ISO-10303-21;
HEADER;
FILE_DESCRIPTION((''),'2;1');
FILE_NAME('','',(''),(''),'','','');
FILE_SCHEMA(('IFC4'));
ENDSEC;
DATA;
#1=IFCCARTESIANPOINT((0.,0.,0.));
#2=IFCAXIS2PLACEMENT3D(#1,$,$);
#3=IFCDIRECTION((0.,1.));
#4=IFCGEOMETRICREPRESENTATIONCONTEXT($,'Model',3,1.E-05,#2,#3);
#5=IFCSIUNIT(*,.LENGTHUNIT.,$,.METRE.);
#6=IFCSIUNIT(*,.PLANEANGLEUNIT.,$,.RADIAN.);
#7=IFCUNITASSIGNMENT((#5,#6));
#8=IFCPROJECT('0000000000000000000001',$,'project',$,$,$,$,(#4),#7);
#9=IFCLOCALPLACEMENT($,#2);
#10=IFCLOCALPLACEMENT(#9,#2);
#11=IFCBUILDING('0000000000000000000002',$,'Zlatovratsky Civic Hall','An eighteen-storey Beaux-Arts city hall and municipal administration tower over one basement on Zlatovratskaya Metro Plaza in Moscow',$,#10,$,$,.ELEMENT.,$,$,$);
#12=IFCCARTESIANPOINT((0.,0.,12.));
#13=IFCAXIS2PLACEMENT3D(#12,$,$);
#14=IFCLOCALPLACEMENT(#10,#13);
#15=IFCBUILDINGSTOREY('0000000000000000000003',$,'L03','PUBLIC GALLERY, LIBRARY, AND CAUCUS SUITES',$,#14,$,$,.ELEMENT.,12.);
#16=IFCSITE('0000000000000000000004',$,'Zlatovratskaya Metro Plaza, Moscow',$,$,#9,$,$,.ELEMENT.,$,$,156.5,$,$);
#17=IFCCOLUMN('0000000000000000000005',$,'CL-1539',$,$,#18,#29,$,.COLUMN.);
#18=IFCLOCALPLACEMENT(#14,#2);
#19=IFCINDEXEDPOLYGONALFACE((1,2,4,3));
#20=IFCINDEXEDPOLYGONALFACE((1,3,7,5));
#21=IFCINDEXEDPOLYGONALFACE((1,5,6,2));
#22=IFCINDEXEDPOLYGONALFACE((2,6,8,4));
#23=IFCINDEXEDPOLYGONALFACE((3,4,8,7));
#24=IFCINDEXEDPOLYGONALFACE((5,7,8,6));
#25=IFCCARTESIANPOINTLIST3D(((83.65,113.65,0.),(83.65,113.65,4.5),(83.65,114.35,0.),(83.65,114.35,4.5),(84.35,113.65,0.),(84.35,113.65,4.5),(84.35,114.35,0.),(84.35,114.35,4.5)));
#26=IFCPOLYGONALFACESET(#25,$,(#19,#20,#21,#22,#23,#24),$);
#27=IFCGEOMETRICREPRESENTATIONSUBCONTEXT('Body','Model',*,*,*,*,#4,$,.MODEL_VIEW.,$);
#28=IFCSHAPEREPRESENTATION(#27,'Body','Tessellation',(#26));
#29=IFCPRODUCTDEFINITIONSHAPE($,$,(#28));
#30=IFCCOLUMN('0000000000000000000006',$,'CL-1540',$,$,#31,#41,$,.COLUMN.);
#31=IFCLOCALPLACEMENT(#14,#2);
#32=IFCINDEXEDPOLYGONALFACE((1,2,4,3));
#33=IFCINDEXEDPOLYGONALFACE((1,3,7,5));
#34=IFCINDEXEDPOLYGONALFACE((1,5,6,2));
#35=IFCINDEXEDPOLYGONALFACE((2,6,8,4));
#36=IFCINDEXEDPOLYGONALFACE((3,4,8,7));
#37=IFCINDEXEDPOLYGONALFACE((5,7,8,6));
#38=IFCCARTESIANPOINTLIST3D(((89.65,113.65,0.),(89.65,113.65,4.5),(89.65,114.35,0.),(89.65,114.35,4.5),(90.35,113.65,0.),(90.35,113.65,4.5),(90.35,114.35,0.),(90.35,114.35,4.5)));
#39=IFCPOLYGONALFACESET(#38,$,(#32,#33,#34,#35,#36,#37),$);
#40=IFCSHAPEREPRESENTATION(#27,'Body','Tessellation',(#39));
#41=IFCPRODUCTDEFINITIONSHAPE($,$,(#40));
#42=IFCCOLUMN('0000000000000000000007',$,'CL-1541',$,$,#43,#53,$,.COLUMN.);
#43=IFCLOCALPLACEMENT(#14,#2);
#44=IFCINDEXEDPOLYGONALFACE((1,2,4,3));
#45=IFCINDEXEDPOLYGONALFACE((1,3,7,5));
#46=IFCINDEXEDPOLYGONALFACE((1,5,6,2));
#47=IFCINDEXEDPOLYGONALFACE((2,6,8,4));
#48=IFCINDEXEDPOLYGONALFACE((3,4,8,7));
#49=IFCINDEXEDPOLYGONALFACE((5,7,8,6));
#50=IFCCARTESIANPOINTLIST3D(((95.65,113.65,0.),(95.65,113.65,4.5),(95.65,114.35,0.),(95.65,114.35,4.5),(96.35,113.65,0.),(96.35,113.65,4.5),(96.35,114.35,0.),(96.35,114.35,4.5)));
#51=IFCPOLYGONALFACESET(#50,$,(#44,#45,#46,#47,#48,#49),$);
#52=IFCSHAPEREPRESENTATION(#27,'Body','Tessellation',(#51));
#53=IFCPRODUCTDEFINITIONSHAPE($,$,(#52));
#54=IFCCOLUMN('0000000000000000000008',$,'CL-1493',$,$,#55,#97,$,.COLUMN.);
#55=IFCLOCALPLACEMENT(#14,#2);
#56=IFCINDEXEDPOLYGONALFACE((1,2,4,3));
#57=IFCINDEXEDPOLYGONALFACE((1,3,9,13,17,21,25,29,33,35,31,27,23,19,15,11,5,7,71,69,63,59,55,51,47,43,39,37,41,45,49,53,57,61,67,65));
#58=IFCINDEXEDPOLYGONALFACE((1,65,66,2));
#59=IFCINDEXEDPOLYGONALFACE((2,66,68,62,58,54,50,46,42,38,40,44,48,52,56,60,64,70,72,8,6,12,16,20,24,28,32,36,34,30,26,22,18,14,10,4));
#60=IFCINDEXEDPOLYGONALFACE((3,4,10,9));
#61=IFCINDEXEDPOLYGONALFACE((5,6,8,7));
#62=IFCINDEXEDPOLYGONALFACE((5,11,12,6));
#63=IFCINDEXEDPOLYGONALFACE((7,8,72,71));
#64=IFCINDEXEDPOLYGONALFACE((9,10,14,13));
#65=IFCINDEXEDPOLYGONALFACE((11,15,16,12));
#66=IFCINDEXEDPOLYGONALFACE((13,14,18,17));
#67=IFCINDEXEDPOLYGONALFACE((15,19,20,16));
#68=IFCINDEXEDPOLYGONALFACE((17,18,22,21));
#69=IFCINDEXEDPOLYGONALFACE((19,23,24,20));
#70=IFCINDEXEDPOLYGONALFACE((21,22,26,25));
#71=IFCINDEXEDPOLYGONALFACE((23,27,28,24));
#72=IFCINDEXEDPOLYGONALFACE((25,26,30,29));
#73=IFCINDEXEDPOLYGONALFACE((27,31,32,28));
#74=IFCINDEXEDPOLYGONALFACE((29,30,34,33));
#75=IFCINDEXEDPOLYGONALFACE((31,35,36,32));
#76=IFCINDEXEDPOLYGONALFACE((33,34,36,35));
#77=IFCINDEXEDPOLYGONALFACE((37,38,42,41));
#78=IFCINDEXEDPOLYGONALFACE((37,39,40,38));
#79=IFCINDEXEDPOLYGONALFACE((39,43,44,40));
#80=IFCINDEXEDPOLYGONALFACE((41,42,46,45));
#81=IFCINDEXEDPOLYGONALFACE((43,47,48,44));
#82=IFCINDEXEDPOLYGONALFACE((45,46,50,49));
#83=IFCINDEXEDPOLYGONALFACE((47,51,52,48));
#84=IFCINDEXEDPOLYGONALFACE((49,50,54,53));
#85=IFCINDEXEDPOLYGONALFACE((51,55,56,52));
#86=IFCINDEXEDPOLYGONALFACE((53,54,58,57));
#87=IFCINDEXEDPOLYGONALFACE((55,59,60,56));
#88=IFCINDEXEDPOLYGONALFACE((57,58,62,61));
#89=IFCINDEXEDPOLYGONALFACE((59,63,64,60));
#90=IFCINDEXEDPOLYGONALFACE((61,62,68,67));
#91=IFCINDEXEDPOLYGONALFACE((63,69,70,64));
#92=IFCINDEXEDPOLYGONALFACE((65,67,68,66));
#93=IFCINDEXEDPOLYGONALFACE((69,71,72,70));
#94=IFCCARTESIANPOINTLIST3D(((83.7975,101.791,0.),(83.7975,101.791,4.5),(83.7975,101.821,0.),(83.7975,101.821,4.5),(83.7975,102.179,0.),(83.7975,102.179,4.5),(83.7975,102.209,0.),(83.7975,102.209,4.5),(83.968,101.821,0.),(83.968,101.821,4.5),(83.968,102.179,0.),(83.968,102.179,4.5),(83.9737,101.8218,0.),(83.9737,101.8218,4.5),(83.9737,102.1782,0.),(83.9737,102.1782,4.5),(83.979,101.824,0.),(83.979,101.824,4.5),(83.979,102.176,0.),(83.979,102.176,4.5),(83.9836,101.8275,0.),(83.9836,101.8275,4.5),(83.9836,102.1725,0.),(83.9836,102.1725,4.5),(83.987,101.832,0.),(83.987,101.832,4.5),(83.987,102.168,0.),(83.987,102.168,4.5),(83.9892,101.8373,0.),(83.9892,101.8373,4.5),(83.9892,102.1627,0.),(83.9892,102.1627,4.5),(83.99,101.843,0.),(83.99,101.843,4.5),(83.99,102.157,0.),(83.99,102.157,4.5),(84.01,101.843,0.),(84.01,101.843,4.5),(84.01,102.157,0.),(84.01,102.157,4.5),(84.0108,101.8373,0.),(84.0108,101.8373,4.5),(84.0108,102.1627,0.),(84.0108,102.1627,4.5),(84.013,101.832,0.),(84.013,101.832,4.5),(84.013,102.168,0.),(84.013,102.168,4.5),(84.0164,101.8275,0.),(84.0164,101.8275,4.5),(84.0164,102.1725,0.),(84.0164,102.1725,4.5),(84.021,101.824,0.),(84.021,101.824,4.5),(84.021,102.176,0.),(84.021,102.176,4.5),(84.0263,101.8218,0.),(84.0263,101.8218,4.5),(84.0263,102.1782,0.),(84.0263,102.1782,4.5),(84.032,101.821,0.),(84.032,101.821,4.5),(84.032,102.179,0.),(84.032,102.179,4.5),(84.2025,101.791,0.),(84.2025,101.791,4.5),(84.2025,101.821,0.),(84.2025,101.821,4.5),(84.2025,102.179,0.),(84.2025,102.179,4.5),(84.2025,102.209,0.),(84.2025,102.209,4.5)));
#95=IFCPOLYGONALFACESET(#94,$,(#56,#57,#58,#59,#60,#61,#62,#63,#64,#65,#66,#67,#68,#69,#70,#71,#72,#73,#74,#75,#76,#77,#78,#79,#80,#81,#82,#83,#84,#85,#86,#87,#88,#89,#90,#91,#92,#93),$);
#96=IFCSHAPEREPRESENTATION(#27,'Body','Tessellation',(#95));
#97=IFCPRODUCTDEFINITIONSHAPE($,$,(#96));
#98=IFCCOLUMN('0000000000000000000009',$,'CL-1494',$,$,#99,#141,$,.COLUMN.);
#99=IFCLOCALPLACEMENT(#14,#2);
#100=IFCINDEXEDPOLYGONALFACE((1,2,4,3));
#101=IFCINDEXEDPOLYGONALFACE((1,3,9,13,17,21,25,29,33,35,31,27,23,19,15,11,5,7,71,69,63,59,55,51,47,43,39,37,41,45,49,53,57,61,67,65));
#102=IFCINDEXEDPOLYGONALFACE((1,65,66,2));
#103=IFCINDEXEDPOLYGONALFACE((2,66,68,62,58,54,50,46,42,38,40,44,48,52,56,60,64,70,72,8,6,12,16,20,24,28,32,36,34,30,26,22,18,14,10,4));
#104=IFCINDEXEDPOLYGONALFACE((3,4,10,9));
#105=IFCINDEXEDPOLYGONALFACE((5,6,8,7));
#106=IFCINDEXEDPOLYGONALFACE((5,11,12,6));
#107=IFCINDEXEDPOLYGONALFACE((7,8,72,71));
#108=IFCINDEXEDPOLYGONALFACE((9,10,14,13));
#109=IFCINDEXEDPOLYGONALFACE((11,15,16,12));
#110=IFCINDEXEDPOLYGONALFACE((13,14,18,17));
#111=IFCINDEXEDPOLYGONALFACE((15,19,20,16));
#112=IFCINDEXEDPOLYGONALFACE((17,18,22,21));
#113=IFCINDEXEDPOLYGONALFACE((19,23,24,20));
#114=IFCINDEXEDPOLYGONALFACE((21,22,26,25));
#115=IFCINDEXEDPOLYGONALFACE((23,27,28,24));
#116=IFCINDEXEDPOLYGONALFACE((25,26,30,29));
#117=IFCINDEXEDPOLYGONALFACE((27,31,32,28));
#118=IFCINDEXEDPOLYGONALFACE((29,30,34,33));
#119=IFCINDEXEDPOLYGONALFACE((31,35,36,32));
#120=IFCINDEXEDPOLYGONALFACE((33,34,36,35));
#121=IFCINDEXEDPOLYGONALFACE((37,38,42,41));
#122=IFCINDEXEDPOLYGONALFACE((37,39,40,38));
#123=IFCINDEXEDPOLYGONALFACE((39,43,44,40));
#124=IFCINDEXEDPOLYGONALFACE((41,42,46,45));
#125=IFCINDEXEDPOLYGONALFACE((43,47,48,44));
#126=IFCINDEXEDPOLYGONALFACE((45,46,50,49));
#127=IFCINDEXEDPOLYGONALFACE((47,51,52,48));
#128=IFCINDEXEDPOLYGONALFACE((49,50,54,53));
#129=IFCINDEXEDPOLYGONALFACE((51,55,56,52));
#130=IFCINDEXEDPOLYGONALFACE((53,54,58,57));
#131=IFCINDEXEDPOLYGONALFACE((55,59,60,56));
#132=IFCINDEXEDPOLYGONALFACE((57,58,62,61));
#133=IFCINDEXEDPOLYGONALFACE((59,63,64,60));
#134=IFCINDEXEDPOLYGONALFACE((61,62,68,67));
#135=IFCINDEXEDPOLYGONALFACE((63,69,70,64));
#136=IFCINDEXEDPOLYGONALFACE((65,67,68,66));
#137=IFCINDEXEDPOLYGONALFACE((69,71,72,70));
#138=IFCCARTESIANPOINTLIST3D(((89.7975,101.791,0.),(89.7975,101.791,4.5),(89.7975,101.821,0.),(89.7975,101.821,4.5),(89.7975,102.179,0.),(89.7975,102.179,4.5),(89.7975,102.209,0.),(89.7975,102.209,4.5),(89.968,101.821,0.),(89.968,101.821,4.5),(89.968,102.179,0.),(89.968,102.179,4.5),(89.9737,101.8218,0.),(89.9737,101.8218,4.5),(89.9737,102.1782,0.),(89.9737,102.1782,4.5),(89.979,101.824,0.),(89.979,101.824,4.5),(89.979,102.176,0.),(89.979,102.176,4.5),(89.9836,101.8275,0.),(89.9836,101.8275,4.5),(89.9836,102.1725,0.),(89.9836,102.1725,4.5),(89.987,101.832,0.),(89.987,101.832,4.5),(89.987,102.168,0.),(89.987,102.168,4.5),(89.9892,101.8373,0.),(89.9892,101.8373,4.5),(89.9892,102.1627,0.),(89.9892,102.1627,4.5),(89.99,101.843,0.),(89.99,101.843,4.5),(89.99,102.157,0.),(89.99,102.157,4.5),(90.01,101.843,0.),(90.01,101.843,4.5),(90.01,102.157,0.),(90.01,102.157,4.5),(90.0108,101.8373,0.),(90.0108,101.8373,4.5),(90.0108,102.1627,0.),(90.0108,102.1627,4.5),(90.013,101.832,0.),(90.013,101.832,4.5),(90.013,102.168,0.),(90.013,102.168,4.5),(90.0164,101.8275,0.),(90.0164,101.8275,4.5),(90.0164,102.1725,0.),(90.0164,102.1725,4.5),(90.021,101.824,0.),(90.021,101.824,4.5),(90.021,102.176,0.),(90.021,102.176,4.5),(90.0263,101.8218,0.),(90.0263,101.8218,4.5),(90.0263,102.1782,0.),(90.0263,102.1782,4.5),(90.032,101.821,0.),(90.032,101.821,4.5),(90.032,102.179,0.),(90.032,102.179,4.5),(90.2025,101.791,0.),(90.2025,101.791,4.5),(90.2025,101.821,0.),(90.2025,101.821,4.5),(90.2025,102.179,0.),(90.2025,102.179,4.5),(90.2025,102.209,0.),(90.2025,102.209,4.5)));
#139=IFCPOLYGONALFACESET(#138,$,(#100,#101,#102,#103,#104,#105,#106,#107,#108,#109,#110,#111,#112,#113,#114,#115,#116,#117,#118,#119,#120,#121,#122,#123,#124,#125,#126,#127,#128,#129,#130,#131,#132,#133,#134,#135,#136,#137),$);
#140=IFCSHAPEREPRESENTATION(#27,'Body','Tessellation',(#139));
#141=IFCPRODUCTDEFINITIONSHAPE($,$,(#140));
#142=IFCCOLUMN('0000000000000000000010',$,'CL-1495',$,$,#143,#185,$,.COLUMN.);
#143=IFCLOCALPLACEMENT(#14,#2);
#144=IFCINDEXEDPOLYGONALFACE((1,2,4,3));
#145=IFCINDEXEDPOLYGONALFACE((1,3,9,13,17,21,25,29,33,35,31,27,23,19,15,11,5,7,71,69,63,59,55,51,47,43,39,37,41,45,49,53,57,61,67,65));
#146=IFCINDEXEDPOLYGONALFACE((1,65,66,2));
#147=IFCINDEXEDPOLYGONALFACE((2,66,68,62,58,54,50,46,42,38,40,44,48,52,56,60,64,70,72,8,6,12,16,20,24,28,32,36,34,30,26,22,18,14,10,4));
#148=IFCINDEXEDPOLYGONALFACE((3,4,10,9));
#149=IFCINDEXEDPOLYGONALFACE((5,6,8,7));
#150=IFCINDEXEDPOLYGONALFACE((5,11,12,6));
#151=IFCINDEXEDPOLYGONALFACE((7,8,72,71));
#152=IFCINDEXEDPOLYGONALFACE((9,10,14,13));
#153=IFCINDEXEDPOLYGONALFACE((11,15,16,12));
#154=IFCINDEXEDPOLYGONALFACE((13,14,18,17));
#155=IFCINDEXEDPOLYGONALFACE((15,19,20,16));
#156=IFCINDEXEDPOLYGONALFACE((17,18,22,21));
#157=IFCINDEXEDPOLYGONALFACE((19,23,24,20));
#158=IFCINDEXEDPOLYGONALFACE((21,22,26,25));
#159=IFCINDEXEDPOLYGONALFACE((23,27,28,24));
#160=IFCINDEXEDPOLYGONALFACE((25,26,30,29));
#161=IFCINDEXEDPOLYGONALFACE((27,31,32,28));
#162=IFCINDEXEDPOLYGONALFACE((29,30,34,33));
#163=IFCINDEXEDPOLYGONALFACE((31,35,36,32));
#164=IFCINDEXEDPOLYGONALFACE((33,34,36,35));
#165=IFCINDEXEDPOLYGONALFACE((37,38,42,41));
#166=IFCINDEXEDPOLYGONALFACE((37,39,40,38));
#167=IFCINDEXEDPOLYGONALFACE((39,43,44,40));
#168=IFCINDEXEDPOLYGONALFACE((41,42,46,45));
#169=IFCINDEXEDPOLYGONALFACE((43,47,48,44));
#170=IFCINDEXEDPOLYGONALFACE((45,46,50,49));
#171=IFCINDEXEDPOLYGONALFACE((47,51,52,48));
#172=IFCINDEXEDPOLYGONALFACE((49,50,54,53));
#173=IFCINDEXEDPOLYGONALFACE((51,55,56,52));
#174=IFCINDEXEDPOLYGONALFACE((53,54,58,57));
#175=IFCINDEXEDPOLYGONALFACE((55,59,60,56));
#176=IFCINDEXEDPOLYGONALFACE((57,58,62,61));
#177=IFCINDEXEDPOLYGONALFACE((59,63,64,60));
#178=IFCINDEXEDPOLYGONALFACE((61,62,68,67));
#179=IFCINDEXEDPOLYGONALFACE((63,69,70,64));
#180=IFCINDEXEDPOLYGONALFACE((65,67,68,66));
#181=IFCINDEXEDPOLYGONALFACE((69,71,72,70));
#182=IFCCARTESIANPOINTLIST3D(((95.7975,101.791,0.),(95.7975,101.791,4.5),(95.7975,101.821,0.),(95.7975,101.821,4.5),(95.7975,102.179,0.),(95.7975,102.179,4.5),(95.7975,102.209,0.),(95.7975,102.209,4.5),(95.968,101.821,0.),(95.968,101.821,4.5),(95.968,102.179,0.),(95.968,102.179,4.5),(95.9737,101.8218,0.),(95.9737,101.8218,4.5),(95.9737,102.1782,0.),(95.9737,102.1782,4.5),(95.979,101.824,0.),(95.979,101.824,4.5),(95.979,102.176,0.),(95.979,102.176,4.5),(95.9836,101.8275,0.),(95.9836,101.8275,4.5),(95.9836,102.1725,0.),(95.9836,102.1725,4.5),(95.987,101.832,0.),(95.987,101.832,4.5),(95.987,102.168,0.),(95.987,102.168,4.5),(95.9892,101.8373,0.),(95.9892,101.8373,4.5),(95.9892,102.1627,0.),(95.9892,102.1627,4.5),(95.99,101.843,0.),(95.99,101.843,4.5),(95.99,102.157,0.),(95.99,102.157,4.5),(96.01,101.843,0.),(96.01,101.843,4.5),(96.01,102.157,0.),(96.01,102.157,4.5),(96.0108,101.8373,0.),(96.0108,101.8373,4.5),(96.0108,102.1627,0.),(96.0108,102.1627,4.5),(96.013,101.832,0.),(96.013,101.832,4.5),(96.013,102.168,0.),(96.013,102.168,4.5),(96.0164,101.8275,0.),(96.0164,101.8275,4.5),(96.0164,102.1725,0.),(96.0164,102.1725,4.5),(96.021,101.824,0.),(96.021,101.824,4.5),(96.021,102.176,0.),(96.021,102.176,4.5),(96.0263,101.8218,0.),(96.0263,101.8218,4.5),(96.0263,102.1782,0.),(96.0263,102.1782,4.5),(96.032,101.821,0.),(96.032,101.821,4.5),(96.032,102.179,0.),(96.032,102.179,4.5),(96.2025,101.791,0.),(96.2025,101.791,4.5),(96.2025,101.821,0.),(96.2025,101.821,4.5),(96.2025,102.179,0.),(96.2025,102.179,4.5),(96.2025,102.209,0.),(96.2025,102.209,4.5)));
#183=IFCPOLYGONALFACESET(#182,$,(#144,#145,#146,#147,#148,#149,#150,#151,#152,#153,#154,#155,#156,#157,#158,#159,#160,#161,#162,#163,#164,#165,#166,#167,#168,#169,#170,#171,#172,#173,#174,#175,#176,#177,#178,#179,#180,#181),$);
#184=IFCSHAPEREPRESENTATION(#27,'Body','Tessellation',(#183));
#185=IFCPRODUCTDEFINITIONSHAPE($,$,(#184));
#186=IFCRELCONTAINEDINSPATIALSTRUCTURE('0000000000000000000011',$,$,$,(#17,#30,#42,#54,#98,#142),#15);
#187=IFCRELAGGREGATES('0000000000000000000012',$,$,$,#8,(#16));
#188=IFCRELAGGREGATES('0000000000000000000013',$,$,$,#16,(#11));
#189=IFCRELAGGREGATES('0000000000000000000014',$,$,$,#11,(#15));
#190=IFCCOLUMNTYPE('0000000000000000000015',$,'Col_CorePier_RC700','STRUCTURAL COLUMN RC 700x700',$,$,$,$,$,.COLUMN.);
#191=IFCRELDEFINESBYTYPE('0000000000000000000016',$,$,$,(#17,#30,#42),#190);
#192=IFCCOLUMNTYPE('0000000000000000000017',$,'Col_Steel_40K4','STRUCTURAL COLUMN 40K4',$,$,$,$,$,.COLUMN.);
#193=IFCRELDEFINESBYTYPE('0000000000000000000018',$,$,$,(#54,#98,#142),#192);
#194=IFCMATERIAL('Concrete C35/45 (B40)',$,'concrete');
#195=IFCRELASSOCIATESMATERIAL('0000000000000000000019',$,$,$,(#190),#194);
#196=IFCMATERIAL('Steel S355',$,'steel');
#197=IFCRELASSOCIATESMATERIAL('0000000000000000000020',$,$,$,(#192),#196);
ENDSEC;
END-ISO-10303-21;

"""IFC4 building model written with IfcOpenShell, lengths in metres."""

from ifc_helpers import new_model, si_unit, direction, frame, origin, origin_2d, place, context, subcontext, project, spatial, rectangle, i_section, extrude, material, material_profile, profile_set, type_object, element, save


model = new_model("IFC4")

# Units and contexts
model_context = context("Model", 3, precision=1e-05, world=origin(), true_north=direction((0.0, 1.0)))
body_context = subcontext(model_context, "Body", "Model", "MODEL_VIEW")
ifc_project = project(units=[si_unit("LENGTHUNIT", "METRE"), si_unit("PLANEANGLEUNIT", "RADIAN")], contexts=[model_context])

# Site, building, storey
site_placement = place(None, origin())
site = spatial("IfcSite", under=ifc_project, at=site_placement, Name="Zlatovratskaya Metro Plaza, Moscow", CompositionType="ELEMENT", RefElevation=156.5)
building_placement = place(site_placement, origin())
building = spatial("IfcBuilding", under=site, at=building_placement, Name="Zlatovratsky Civic Hall", Description="An eighteen-storey Beaux-Arts city hall and municipal administration tower over one basement on Zlatovratskaya Metro Plaza in Moscow", CompositionType="ELEMENT")
storey_placement = place(building_placement, frame((0.0, 0.0, 12.0)))
storey = spatial("IfcBuildingStorey", under=building, at=storey_placement, Name="L03", Description="PUBLIC GALLERY, LIBRARY, AND CAUCUS SUITES", CompositionType="ELEMENT", Elevation=12.0)

# Columns
ifc_material_1 = material(Name="Concrete C35/45 (B40)", Category="concrete")
ifc_material_profile_1 = material_profile(ifc_material_1, rectangle(XDim=0.7, YDim=0.7, at=origin_2d()), Name="RC 700x700")
ifc_profile_set_1 = profile_set([ifc_material_profile_1], Name="Concrete C35/45 (B40)")
column_type_1 = type_object("IfcColumnType", Name="Col_CorePier_RC700", Description="STRUCTURAL COLUMN RC 700x700", PredefinedType="COLUMN", material=ifc_profile_set_1)
for number, where, z_axis, x_axis, name in (
    (1, (84.0, 114.0, 0.0), (0.0, 0.0, 1.0), (1.0, 0.0, 0.0), "CL-1539"),
    (2, (90.0, 114.0, 0.0), (0.0, 0.0, 1.0), (1.0, 0.0, 0.0), "CL-1540"),
    (3, (96.0, 114.0, 0.0), (0.0, 0.0, 1.0), (1.0, 0.0, 0.0), "CL-1541"),
):
    element("IfcColumn", number, at=place(storey_placement, frame(where, z_axis=z_axis, x_axis=x_axis)), inside=storey, type_object=column_type_1, Name=name, PredefinedType="COLUMN", context=body_context, shape_type="SweptSolid", body=[
        extrude(rectangle(XDim=0.7, YDim=0.7, at=origin_2d()), origin(), (0.0, 0.0, 1.0), 4.5),
    ])
ifc_material_2 = material(Name="Steel S355", Category="steel")
ifc_material_profile_2 = material_profile(ifc_material_2, i_section(OverallWidth=0.405, OverallDepth=0.418, WebThickness=0.02, FlangeThickness=0.03, FilletRadius=0.022, at=origin_2d()), Name="40K4")
ifc_profile_set_2 = profile_set([ifc_material_profile_2], Name="Steel S355")
column_type_2 = type_object("IfcColumnType", Name="Col_Steel_40K4", Description="STRUCTURAL COLUMN 40K4", PredefinedType="COLUMN", material=ifc_profile_set_2)
for number, where, z_axis, x_axis, name in (
    (4, (84.0, 102.0, 0.0), (0.0, 0.0, 1.0), (1.0, 0.0, 0.0), "CL-1493"),
    (5, (90.0, 102.0, 0.0), (0.0, 0.0, 1.0), (1.0, 0.0, 0.0), "CL-1494"),
    (6, (96.0, 102.0, 0.0), (0.0, 0.0, 1.0), (1.0, 0.0, 0.0), "CL-1495"),
):
    element("IfcColumn", number, at=place(storey_placement, frame(where, z_axis=z_axis, x_axis=x_axis)), inside=storey, type_object=column_type_2, Name=name, PredefinedType="COLUMN", context=body_context, shape_type="SweptSolid", body=[
        extrude(i_section(OverallWidth=0.405, OverallDepth=0.418, WebThickness=0.02, FlangeThickness=0.03, FilletRadius=0.022, at=origin_2d()), origin(), (0.0, 0.0, 1.0), 4.5),
    ])

save(model, "model.ifc")
